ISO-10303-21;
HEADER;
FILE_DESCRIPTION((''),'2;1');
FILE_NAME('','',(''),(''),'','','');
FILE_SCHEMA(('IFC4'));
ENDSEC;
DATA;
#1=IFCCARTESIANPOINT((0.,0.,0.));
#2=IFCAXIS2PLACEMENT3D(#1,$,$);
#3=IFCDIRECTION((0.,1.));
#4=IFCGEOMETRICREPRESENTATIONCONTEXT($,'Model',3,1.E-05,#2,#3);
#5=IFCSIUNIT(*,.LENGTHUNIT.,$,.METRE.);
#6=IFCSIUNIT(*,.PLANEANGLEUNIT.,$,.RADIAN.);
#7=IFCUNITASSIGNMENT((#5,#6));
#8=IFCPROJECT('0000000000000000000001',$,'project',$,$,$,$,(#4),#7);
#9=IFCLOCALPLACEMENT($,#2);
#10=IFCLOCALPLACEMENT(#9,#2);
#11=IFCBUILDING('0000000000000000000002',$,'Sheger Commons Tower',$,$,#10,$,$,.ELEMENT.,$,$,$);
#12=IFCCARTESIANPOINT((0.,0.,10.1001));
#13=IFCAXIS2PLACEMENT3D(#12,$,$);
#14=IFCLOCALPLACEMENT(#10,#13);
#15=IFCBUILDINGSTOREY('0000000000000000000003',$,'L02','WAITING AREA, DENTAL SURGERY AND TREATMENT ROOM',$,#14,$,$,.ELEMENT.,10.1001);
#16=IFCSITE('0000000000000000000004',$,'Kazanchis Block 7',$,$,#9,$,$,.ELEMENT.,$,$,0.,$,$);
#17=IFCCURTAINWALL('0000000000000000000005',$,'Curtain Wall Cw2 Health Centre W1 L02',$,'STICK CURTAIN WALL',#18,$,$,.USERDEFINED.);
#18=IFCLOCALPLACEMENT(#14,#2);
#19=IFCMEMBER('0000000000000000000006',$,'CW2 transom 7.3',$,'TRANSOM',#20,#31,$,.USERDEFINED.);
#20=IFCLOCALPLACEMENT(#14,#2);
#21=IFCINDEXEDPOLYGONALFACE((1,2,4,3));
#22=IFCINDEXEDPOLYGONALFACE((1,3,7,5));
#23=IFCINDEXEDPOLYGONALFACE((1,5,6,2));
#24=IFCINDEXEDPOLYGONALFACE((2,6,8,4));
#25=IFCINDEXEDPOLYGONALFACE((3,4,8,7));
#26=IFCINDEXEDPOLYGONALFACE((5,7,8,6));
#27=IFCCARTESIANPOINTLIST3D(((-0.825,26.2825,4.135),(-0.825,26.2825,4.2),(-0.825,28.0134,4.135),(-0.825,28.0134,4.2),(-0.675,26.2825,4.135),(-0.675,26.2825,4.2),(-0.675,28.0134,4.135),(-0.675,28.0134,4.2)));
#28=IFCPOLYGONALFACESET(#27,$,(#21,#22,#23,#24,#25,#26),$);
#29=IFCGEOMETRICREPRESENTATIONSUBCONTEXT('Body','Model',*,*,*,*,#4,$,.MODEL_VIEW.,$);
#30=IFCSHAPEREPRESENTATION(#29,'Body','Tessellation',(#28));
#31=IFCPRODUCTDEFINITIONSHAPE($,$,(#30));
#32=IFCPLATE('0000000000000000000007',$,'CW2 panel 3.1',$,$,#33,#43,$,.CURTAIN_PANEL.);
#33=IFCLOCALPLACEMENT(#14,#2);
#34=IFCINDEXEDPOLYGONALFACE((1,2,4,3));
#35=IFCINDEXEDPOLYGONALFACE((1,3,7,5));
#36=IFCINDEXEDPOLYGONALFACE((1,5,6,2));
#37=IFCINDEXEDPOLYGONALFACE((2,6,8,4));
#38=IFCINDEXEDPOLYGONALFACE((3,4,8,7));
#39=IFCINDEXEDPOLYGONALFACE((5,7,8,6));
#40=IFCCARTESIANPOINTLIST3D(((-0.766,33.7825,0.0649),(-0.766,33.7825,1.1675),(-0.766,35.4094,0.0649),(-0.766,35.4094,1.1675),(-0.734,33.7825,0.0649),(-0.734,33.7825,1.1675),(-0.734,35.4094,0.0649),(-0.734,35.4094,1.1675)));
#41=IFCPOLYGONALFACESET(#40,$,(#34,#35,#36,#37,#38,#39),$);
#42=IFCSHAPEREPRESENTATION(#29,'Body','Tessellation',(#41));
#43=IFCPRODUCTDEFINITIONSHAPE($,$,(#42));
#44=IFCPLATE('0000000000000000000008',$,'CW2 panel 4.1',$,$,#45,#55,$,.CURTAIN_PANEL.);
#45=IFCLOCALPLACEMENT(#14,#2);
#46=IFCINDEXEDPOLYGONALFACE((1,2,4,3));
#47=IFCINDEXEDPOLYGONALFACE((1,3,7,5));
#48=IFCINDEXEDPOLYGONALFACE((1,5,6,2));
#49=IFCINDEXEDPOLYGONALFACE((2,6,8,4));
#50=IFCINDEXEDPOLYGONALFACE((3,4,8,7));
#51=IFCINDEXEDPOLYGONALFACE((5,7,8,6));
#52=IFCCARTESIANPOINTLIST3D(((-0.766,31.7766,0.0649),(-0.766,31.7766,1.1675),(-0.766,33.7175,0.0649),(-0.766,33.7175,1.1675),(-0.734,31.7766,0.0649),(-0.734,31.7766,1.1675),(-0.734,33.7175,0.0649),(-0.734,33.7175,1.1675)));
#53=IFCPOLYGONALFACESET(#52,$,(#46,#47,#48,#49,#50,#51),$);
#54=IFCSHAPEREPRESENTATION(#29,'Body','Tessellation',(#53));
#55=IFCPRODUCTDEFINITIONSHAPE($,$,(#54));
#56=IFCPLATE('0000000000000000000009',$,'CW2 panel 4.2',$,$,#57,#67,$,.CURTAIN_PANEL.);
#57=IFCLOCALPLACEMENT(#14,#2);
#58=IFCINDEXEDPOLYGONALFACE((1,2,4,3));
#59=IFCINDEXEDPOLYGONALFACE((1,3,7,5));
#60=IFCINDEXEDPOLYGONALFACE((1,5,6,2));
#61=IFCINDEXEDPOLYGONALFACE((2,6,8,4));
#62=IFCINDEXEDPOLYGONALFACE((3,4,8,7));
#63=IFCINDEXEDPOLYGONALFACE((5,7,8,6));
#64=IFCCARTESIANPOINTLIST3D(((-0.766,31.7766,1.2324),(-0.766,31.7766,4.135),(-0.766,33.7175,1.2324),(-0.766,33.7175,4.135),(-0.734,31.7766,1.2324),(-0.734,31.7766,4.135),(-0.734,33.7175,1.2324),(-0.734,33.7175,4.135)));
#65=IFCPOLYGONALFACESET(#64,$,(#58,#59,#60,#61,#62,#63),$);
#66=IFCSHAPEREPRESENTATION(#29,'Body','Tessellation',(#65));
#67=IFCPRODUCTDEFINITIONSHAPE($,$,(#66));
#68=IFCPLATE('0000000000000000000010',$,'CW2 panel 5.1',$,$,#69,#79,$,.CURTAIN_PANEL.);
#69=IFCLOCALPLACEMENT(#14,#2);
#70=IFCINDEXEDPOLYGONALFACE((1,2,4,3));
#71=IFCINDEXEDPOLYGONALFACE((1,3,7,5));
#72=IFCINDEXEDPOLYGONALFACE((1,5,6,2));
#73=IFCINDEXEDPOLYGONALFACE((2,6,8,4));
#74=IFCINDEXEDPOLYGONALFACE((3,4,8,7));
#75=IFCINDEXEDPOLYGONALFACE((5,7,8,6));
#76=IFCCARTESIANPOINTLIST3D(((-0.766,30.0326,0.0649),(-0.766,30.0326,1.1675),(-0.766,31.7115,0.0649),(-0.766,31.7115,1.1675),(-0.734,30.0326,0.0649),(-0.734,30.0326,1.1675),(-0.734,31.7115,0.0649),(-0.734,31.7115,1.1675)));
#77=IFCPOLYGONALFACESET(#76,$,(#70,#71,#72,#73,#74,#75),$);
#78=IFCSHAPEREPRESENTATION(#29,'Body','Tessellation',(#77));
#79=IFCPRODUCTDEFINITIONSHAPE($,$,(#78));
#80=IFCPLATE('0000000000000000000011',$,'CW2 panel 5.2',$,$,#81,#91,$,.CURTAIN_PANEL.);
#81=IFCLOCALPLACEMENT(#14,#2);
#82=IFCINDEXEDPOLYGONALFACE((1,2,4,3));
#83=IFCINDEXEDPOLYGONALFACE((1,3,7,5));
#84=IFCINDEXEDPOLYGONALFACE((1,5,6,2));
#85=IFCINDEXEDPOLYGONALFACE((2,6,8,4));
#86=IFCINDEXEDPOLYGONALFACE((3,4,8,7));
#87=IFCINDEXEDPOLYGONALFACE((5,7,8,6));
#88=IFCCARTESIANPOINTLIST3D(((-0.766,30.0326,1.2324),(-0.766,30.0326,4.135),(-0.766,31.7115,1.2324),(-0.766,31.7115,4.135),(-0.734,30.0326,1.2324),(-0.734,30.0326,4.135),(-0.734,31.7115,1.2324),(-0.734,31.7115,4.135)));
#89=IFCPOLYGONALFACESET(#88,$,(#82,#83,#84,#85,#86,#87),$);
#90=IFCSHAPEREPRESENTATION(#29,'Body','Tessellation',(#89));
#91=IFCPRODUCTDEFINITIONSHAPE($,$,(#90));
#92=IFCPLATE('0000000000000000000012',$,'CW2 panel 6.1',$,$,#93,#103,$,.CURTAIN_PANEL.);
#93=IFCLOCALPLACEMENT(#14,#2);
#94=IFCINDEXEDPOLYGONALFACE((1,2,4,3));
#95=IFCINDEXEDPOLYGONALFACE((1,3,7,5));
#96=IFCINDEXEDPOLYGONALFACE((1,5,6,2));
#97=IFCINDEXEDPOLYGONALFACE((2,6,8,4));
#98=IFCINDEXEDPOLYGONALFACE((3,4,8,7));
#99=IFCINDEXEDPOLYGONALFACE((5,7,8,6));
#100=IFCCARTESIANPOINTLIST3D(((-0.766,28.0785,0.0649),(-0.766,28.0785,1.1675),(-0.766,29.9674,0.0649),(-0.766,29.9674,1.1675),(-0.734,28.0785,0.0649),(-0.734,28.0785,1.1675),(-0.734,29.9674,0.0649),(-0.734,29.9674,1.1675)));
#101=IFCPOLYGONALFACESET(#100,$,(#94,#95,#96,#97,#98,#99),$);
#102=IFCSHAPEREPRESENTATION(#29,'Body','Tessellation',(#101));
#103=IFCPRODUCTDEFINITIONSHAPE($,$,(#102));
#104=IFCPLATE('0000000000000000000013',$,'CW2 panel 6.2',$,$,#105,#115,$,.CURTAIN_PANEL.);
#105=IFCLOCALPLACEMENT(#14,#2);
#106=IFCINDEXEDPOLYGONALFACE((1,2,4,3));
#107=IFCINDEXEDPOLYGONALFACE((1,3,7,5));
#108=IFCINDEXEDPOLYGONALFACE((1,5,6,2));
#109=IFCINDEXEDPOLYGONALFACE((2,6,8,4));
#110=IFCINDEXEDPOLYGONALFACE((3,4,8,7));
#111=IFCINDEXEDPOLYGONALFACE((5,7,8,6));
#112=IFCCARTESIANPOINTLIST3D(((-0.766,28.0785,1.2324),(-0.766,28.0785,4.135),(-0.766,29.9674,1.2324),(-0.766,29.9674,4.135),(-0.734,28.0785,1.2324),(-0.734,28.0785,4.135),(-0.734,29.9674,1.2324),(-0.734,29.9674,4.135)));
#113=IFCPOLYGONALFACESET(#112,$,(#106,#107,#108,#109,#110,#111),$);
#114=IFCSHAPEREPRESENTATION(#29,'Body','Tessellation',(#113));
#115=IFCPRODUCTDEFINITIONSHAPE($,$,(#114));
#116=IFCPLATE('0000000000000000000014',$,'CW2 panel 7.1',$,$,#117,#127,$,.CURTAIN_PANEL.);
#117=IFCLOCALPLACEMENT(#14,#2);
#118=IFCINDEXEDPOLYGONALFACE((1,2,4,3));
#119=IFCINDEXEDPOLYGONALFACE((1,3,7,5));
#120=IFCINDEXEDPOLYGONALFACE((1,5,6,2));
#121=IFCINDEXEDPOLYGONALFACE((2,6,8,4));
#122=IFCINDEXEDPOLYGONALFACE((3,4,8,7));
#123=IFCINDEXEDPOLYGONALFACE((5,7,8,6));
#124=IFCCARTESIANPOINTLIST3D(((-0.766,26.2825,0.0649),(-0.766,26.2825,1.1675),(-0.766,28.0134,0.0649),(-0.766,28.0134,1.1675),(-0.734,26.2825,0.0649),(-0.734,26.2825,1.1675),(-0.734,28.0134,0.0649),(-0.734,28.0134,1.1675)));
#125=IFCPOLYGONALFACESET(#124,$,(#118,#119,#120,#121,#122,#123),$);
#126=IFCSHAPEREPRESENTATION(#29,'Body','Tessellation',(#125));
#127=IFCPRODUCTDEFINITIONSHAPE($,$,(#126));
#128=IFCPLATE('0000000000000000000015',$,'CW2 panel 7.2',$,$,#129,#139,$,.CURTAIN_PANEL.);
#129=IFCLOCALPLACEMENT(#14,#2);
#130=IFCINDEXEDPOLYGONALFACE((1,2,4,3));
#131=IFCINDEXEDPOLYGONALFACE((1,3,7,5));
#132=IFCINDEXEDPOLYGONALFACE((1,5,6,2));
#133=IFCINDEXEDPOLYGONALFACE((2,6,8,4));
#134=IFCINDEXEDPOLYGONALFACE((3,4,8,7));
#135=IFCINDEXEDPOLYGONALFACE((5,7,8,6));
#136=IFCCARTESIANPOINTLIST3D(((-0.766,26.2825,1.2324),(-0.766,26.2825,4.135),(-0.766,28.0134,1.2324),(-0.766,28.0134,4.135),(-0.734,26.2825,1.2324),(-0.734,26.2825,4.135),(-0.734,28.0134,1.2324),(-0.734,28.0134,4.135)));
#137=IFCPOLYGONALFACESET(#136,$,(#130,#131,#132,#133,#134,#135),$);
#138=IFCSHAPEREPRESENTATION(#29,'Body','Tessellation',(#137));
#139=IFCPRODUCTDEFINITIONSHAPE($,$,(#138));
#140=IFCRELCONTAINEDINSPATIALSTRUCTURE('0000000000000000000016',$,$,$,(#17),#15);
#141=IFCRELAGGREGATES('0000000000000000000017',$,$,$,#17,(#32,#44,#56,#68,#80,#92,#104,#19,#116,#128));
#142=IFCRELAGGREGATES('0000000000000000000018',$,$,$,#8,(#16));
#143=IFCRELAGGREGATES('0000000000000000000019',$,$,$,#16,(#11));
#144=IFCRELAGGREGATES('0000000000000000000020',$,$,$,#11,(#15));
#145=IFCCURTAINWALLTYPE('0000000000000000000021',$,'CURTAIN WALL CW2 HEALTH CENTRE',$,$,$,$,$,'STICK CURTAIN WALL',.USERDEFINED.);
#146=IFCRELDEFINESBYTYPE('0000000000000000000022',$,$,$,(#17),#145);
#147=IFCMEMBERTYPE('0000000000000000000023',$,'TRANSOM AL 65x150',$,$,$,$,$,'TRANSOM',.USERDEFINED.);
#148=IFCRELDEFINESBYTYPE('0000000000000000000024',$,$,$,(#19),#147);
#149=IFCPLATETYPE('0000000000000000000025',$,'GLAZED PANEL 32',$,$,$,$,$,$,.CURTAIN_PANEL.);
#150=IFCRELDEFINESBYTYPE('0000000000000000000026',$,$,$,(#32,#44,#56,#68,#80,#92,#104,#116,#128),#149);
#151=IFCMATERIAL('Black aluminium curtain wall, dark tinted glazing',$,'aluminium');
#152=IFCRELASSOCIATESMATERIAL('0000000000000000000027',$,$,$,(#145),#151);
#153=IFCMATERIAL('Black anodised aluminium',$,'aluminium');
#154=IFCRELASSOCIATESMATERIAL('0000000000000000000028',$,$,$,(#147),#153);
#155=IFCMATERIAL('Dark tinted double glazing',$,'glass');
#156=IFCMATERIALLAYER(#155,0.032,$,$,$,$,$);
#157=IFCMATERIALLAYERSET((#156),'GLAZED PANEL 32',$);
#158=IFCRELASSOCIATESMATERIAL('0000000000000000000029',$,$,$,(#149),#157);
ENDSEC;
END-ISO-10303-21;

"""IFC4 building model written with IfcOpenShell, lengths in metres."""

from ifc_helpers import new_model, si_unit, direction, frame, origin, origin_2d, place, context, subcontext, project, spatial, rectangle, extrude, material, layer, layer_set, material_profile, profile_set, type_object, element, aggregate, save


model = new_model("IFC4")

# Units and contexts
model_context = context("Model", 3, precision=1e-05, world=origin(), true_north=direction((0.0, 1.0)))
body_context = subcontext(model_context, "Body", "Model", "MODEL_VIEW")
ifc_project = project(units=[si_unit("LENGTHUNIT", "METRE"), si_unit("PLANEANGLEUNIT", "RADIAN")], contexts=[model_context])

# Site, building, storey
site_placement = place(None, origin())
site = spatial("IfcSite", under=ifc_project, at=site_placement, Name="Kazanchis Block 7", CompositionType="ELEMENT", RefElevation=0.0)
building_placement = place(site_placement, origin())
building = spatial("IfcBuilding", under=site, at=building_placement, Name="Sheger Commons Tower", CompositionType="ELEMENT")
storey_placement = place(building_placement, frame((0.0, 0.0, 10.1001)))
storey = spatial("IfcBuildingStorey", under=building, at=storey_placement, Name="L02", Description="WAITING AREA, DENTAL SURGERY AND TREATMENT ROOM", CompositionType="ELEMENT", Elevation=10.1001)

# Curtain wall, member, plates
ifc_material_1 = material(Name="Black aluminium curtain wall, dark tinted glazing", Category="aluminium")
curtain_wall_type = type_object("IfcCurtainWallType", Name="CURTAIN WALL CW2 HEALTH CENTRE", ElementType="STICK CURTAIN WALL", PredefinedType="USERDEFINED", material=ifc_material_1)
curtain_wall_placement = place(storey_placement, origin())
curtain_wall = element("IfcCurtainWall", 1, at=curtain_wall_placement, inside=storey, type_object=curtain_wall_type, Name="Curtain Wall Cw2 Health Centre W1 L02", ObjectType="STICK CURTAIN WALL", PredefinedType="USERDEFINED")
ifc_material_2 = material(Name="Black anodised aluminium", Category="aluminium")
ifc_material_profile_1 = material_profile(ifc_material_2, rectangle(XDim=0.1499, YDim=0.0649, at=origin_2d()), Name="AL 65x150")
ifc_profile_set_1 = profile_set([ifc_material_profile_1], Name="Black anodised aluminium")
member_type_1 = type_object("IfcMemberType", Name="TRANSOM AL 65x150", ElementType="TRANSOM", PredefinedType="USERDEFINED", material=ifc_profile_set_1)
member_1_placement = place(storey_placement, frame((-0.75, 28.0134, 4.1675), z_axis=(0.0, -1.0, 0.0), x_axis=(1.0, 0.0, 0.0)))
member_1 = element("IfcMember", 2, at=member_1_placement, type_object=member_type_1, Name="CW2 transom 7.3", ObjectType="TRANSOM", PredefinedType="USERDEFINED", context=body_context, shape_type="SweptSolid", body=[
    extrude(rectangle(XDim=0.1499, YDim=0.0649, at=origin_2d()), origin(), (0.0, 0.0, 1.0), 1.731),
])
ifc_material_3 = material(Name="Dark tinted double glazing", Category="glass")
ifc_layer = layer(ifc_material_3, 0.032)
ifc_layer_set = layer_set([ifc_layer], Name="GLAZED PANEL 32")
plate_type = type_object("IfcPlateType", Name="GLAZED PANEL 32", PredefinedType="CURTAIN_PANEL", material=ifc_layer_set)
plate_1_placement = place(storey_placement, frame((-0.75, 34.5959, 0.0649), z_axis=(0.0, 0.0, 1.0), x_axis=(0.0, -1.0, 0.0)))
plate_1 = element("IfcPlate", 3, at=plate_1_placement, type_object=plate_type, Name="CW2 panel 3.1", PredefinedType="CURTAIN_PANEL", context=body_context, shape_type="SweptSolid", body=[
    extrude(rectangle(XDim=1.627, YDim=0.032, at=origin_2d()), origin(), (0.0, 0.0, 1.0), 1.1025),
])
plate_2_placement = place(storey_placement, frame((-0.75, 32.7471, 0.0649), z_axis=(0.0, 0.0, 1.0), x_axis=(0.0, -1.0, 0.0)))
plate_2 = element("IfcPlate", 4, at=plate_2_placement, type_object=plate_type, Name="CW2 panel 4.1", PredefinedType="CURTAIN_PANEL", context=body_context, shape_type="SweptSolid", body=[
    extrude(rectangle(XDim=1.9409, YDim=0.032, at=origin_2d()), origin(), (0.0, 0.0, 1.0), 1.1025),
])
plate_3_placement = place(storey_placement, frame((-0.75, 32.7471, 1.2324), z_axis=(0.0, 0.0, 1.0), x_axis=(0.0, -1.0, 0.0)))
plate_3 = element("IfcPlate", 5, at=plate_3_placement, type_object=plate_type, Name="CW2 panel 4.2", PredefinedType="CURTAIN_PANEL", context=body_context, shape_type="SweptSolid", body=[
    extrude(rectangle(XDim=1.9409, YDim=0.032, at=origin_2d()), origin(), (0.0, 0.0, 1.0), 2.9026),
])
plate_4_placement = place(storey_placement, frame((-0.75, 30.8721, 0.0649), z_axis=(0.0, 0.0, 1.0), x_axis=(0.0, -1.0, 0.0)))
plate_4 = element("IfcPlate", 6, at=plate_4_placement, type_object=plate_type, Name="CW2 panel 5.1", PredefinedType="CURTAIN_PANEL", context=body_context, shape_type="SweptSolid", body=[
    extrude(rectangle(XDim=1.679, YDim=0.032, at=origin_2d()), origin(), (0.0, 0.0, 1.0), 1.1025),
])
plate_5_placement = place(storey_placement, frame((-0.75, 30.8721, 1.2324), z_axis=(0.0, 0.0, 1.0), x_axis=(0.0, -1.0, 0.0)))
plate_5 = element("IfcPlate", 7, at=plate_5_placement, type_object=plate_type, Name="CW2 panel 5.2", PredefinedType="CURTAIN_PANEL", context=body_context, shape_type="SweptSolid", body=[
    extrude(rectangle(XDim=1.679, YDim=0.032, at=origin_2d()), origin(), (0.0, 0.0, 1.0), 2.9026),
])
plate_6_placement = place(storey_placement, frame((-0.75, 29.0229, 0.0649), z_axis=(0.0, 0.0, 1.0), x_axis=(0.0, -1.0, 0.0)))
plate_6 = element("IfcPlate", 8, at=plate_6_placement, type_object=plate_type, Name="CW2 panel 6.1", PredefinedType="CURTAIN_PANEL", context=body_context, shape_type="SweptSolid", body=[
    extrude(rectangle(XDim=1.8889, YDim=0.032, at=origin_2d()), origin(), (0.0, 0.0, 1.0), 1.1025),
])
plate_7_placement = place(storey_placement, frame((-0.75, 29.0229, 1.2324), z_axis=(0.0, 0.0, 1.0), x_axis=(0.0, -1.0, 0.0)))
plate_7 = element("IfcPlate", 9, at=plate_7_placement, type_object=plate_type, Name="CW2 panel 6.2", PredefinedType="CURTAIN_PANEL", context=body_context, shape_type="SweptSolid", body=[
    extrude(rectangle(XDim=1.8889, YDim=0.032, at=origin_2d()), origin(), (0.0, 0.0, 1.0), 2.9026),
])
plate_8_placement = place(storey_placement, frame((-0.75, 27.1479, 0.0649), z_axis=(0.0, 0.0, 1.0), x_axis=(0.0, -1.0, 0.0)))
plate_8 = element("IfcPlate", 10, at=plate_8_placement, type_object=plate_type, Name="CW2 panel 7.1", PredefinedType="CURTAIN_PANEL", context=body_context, shape_type="SweptSolid", body=[
    extrude(rectangle(XDim=1.731, YDim=0.032, at=origin_2d()), origin(), (0.0, 0.0, 1.0), 1.1025),
])
plate_9_placement = place(storey_placement, frame((-0.75, 27.1479, 1.2324), z_axis=(0.0, 0.0, 1.0), x_axis=(0.0, -1.0, 0.0)))
plate_9 = element("IfcPlate", 11, at=plate_9_placement, type_object=plate_type, Name="CW2 panel 7.2", PredefinedType="CURTAIN_PANEL", context=body_context, shape_type="SweptSolid", body=[
    extrude(rectangle(XDim=1.731, YDim=0.032, at=origin_2d()), origin(), (0.0, 0.0, 1.0), 2.9026),
])
aggregate(curtain_wall, [plate_1, plate_2, plate_3, plate_4, plate_5, plate_6, plate_7, member_1, plate_8, plate_9])

save(model, "model.ifc")
